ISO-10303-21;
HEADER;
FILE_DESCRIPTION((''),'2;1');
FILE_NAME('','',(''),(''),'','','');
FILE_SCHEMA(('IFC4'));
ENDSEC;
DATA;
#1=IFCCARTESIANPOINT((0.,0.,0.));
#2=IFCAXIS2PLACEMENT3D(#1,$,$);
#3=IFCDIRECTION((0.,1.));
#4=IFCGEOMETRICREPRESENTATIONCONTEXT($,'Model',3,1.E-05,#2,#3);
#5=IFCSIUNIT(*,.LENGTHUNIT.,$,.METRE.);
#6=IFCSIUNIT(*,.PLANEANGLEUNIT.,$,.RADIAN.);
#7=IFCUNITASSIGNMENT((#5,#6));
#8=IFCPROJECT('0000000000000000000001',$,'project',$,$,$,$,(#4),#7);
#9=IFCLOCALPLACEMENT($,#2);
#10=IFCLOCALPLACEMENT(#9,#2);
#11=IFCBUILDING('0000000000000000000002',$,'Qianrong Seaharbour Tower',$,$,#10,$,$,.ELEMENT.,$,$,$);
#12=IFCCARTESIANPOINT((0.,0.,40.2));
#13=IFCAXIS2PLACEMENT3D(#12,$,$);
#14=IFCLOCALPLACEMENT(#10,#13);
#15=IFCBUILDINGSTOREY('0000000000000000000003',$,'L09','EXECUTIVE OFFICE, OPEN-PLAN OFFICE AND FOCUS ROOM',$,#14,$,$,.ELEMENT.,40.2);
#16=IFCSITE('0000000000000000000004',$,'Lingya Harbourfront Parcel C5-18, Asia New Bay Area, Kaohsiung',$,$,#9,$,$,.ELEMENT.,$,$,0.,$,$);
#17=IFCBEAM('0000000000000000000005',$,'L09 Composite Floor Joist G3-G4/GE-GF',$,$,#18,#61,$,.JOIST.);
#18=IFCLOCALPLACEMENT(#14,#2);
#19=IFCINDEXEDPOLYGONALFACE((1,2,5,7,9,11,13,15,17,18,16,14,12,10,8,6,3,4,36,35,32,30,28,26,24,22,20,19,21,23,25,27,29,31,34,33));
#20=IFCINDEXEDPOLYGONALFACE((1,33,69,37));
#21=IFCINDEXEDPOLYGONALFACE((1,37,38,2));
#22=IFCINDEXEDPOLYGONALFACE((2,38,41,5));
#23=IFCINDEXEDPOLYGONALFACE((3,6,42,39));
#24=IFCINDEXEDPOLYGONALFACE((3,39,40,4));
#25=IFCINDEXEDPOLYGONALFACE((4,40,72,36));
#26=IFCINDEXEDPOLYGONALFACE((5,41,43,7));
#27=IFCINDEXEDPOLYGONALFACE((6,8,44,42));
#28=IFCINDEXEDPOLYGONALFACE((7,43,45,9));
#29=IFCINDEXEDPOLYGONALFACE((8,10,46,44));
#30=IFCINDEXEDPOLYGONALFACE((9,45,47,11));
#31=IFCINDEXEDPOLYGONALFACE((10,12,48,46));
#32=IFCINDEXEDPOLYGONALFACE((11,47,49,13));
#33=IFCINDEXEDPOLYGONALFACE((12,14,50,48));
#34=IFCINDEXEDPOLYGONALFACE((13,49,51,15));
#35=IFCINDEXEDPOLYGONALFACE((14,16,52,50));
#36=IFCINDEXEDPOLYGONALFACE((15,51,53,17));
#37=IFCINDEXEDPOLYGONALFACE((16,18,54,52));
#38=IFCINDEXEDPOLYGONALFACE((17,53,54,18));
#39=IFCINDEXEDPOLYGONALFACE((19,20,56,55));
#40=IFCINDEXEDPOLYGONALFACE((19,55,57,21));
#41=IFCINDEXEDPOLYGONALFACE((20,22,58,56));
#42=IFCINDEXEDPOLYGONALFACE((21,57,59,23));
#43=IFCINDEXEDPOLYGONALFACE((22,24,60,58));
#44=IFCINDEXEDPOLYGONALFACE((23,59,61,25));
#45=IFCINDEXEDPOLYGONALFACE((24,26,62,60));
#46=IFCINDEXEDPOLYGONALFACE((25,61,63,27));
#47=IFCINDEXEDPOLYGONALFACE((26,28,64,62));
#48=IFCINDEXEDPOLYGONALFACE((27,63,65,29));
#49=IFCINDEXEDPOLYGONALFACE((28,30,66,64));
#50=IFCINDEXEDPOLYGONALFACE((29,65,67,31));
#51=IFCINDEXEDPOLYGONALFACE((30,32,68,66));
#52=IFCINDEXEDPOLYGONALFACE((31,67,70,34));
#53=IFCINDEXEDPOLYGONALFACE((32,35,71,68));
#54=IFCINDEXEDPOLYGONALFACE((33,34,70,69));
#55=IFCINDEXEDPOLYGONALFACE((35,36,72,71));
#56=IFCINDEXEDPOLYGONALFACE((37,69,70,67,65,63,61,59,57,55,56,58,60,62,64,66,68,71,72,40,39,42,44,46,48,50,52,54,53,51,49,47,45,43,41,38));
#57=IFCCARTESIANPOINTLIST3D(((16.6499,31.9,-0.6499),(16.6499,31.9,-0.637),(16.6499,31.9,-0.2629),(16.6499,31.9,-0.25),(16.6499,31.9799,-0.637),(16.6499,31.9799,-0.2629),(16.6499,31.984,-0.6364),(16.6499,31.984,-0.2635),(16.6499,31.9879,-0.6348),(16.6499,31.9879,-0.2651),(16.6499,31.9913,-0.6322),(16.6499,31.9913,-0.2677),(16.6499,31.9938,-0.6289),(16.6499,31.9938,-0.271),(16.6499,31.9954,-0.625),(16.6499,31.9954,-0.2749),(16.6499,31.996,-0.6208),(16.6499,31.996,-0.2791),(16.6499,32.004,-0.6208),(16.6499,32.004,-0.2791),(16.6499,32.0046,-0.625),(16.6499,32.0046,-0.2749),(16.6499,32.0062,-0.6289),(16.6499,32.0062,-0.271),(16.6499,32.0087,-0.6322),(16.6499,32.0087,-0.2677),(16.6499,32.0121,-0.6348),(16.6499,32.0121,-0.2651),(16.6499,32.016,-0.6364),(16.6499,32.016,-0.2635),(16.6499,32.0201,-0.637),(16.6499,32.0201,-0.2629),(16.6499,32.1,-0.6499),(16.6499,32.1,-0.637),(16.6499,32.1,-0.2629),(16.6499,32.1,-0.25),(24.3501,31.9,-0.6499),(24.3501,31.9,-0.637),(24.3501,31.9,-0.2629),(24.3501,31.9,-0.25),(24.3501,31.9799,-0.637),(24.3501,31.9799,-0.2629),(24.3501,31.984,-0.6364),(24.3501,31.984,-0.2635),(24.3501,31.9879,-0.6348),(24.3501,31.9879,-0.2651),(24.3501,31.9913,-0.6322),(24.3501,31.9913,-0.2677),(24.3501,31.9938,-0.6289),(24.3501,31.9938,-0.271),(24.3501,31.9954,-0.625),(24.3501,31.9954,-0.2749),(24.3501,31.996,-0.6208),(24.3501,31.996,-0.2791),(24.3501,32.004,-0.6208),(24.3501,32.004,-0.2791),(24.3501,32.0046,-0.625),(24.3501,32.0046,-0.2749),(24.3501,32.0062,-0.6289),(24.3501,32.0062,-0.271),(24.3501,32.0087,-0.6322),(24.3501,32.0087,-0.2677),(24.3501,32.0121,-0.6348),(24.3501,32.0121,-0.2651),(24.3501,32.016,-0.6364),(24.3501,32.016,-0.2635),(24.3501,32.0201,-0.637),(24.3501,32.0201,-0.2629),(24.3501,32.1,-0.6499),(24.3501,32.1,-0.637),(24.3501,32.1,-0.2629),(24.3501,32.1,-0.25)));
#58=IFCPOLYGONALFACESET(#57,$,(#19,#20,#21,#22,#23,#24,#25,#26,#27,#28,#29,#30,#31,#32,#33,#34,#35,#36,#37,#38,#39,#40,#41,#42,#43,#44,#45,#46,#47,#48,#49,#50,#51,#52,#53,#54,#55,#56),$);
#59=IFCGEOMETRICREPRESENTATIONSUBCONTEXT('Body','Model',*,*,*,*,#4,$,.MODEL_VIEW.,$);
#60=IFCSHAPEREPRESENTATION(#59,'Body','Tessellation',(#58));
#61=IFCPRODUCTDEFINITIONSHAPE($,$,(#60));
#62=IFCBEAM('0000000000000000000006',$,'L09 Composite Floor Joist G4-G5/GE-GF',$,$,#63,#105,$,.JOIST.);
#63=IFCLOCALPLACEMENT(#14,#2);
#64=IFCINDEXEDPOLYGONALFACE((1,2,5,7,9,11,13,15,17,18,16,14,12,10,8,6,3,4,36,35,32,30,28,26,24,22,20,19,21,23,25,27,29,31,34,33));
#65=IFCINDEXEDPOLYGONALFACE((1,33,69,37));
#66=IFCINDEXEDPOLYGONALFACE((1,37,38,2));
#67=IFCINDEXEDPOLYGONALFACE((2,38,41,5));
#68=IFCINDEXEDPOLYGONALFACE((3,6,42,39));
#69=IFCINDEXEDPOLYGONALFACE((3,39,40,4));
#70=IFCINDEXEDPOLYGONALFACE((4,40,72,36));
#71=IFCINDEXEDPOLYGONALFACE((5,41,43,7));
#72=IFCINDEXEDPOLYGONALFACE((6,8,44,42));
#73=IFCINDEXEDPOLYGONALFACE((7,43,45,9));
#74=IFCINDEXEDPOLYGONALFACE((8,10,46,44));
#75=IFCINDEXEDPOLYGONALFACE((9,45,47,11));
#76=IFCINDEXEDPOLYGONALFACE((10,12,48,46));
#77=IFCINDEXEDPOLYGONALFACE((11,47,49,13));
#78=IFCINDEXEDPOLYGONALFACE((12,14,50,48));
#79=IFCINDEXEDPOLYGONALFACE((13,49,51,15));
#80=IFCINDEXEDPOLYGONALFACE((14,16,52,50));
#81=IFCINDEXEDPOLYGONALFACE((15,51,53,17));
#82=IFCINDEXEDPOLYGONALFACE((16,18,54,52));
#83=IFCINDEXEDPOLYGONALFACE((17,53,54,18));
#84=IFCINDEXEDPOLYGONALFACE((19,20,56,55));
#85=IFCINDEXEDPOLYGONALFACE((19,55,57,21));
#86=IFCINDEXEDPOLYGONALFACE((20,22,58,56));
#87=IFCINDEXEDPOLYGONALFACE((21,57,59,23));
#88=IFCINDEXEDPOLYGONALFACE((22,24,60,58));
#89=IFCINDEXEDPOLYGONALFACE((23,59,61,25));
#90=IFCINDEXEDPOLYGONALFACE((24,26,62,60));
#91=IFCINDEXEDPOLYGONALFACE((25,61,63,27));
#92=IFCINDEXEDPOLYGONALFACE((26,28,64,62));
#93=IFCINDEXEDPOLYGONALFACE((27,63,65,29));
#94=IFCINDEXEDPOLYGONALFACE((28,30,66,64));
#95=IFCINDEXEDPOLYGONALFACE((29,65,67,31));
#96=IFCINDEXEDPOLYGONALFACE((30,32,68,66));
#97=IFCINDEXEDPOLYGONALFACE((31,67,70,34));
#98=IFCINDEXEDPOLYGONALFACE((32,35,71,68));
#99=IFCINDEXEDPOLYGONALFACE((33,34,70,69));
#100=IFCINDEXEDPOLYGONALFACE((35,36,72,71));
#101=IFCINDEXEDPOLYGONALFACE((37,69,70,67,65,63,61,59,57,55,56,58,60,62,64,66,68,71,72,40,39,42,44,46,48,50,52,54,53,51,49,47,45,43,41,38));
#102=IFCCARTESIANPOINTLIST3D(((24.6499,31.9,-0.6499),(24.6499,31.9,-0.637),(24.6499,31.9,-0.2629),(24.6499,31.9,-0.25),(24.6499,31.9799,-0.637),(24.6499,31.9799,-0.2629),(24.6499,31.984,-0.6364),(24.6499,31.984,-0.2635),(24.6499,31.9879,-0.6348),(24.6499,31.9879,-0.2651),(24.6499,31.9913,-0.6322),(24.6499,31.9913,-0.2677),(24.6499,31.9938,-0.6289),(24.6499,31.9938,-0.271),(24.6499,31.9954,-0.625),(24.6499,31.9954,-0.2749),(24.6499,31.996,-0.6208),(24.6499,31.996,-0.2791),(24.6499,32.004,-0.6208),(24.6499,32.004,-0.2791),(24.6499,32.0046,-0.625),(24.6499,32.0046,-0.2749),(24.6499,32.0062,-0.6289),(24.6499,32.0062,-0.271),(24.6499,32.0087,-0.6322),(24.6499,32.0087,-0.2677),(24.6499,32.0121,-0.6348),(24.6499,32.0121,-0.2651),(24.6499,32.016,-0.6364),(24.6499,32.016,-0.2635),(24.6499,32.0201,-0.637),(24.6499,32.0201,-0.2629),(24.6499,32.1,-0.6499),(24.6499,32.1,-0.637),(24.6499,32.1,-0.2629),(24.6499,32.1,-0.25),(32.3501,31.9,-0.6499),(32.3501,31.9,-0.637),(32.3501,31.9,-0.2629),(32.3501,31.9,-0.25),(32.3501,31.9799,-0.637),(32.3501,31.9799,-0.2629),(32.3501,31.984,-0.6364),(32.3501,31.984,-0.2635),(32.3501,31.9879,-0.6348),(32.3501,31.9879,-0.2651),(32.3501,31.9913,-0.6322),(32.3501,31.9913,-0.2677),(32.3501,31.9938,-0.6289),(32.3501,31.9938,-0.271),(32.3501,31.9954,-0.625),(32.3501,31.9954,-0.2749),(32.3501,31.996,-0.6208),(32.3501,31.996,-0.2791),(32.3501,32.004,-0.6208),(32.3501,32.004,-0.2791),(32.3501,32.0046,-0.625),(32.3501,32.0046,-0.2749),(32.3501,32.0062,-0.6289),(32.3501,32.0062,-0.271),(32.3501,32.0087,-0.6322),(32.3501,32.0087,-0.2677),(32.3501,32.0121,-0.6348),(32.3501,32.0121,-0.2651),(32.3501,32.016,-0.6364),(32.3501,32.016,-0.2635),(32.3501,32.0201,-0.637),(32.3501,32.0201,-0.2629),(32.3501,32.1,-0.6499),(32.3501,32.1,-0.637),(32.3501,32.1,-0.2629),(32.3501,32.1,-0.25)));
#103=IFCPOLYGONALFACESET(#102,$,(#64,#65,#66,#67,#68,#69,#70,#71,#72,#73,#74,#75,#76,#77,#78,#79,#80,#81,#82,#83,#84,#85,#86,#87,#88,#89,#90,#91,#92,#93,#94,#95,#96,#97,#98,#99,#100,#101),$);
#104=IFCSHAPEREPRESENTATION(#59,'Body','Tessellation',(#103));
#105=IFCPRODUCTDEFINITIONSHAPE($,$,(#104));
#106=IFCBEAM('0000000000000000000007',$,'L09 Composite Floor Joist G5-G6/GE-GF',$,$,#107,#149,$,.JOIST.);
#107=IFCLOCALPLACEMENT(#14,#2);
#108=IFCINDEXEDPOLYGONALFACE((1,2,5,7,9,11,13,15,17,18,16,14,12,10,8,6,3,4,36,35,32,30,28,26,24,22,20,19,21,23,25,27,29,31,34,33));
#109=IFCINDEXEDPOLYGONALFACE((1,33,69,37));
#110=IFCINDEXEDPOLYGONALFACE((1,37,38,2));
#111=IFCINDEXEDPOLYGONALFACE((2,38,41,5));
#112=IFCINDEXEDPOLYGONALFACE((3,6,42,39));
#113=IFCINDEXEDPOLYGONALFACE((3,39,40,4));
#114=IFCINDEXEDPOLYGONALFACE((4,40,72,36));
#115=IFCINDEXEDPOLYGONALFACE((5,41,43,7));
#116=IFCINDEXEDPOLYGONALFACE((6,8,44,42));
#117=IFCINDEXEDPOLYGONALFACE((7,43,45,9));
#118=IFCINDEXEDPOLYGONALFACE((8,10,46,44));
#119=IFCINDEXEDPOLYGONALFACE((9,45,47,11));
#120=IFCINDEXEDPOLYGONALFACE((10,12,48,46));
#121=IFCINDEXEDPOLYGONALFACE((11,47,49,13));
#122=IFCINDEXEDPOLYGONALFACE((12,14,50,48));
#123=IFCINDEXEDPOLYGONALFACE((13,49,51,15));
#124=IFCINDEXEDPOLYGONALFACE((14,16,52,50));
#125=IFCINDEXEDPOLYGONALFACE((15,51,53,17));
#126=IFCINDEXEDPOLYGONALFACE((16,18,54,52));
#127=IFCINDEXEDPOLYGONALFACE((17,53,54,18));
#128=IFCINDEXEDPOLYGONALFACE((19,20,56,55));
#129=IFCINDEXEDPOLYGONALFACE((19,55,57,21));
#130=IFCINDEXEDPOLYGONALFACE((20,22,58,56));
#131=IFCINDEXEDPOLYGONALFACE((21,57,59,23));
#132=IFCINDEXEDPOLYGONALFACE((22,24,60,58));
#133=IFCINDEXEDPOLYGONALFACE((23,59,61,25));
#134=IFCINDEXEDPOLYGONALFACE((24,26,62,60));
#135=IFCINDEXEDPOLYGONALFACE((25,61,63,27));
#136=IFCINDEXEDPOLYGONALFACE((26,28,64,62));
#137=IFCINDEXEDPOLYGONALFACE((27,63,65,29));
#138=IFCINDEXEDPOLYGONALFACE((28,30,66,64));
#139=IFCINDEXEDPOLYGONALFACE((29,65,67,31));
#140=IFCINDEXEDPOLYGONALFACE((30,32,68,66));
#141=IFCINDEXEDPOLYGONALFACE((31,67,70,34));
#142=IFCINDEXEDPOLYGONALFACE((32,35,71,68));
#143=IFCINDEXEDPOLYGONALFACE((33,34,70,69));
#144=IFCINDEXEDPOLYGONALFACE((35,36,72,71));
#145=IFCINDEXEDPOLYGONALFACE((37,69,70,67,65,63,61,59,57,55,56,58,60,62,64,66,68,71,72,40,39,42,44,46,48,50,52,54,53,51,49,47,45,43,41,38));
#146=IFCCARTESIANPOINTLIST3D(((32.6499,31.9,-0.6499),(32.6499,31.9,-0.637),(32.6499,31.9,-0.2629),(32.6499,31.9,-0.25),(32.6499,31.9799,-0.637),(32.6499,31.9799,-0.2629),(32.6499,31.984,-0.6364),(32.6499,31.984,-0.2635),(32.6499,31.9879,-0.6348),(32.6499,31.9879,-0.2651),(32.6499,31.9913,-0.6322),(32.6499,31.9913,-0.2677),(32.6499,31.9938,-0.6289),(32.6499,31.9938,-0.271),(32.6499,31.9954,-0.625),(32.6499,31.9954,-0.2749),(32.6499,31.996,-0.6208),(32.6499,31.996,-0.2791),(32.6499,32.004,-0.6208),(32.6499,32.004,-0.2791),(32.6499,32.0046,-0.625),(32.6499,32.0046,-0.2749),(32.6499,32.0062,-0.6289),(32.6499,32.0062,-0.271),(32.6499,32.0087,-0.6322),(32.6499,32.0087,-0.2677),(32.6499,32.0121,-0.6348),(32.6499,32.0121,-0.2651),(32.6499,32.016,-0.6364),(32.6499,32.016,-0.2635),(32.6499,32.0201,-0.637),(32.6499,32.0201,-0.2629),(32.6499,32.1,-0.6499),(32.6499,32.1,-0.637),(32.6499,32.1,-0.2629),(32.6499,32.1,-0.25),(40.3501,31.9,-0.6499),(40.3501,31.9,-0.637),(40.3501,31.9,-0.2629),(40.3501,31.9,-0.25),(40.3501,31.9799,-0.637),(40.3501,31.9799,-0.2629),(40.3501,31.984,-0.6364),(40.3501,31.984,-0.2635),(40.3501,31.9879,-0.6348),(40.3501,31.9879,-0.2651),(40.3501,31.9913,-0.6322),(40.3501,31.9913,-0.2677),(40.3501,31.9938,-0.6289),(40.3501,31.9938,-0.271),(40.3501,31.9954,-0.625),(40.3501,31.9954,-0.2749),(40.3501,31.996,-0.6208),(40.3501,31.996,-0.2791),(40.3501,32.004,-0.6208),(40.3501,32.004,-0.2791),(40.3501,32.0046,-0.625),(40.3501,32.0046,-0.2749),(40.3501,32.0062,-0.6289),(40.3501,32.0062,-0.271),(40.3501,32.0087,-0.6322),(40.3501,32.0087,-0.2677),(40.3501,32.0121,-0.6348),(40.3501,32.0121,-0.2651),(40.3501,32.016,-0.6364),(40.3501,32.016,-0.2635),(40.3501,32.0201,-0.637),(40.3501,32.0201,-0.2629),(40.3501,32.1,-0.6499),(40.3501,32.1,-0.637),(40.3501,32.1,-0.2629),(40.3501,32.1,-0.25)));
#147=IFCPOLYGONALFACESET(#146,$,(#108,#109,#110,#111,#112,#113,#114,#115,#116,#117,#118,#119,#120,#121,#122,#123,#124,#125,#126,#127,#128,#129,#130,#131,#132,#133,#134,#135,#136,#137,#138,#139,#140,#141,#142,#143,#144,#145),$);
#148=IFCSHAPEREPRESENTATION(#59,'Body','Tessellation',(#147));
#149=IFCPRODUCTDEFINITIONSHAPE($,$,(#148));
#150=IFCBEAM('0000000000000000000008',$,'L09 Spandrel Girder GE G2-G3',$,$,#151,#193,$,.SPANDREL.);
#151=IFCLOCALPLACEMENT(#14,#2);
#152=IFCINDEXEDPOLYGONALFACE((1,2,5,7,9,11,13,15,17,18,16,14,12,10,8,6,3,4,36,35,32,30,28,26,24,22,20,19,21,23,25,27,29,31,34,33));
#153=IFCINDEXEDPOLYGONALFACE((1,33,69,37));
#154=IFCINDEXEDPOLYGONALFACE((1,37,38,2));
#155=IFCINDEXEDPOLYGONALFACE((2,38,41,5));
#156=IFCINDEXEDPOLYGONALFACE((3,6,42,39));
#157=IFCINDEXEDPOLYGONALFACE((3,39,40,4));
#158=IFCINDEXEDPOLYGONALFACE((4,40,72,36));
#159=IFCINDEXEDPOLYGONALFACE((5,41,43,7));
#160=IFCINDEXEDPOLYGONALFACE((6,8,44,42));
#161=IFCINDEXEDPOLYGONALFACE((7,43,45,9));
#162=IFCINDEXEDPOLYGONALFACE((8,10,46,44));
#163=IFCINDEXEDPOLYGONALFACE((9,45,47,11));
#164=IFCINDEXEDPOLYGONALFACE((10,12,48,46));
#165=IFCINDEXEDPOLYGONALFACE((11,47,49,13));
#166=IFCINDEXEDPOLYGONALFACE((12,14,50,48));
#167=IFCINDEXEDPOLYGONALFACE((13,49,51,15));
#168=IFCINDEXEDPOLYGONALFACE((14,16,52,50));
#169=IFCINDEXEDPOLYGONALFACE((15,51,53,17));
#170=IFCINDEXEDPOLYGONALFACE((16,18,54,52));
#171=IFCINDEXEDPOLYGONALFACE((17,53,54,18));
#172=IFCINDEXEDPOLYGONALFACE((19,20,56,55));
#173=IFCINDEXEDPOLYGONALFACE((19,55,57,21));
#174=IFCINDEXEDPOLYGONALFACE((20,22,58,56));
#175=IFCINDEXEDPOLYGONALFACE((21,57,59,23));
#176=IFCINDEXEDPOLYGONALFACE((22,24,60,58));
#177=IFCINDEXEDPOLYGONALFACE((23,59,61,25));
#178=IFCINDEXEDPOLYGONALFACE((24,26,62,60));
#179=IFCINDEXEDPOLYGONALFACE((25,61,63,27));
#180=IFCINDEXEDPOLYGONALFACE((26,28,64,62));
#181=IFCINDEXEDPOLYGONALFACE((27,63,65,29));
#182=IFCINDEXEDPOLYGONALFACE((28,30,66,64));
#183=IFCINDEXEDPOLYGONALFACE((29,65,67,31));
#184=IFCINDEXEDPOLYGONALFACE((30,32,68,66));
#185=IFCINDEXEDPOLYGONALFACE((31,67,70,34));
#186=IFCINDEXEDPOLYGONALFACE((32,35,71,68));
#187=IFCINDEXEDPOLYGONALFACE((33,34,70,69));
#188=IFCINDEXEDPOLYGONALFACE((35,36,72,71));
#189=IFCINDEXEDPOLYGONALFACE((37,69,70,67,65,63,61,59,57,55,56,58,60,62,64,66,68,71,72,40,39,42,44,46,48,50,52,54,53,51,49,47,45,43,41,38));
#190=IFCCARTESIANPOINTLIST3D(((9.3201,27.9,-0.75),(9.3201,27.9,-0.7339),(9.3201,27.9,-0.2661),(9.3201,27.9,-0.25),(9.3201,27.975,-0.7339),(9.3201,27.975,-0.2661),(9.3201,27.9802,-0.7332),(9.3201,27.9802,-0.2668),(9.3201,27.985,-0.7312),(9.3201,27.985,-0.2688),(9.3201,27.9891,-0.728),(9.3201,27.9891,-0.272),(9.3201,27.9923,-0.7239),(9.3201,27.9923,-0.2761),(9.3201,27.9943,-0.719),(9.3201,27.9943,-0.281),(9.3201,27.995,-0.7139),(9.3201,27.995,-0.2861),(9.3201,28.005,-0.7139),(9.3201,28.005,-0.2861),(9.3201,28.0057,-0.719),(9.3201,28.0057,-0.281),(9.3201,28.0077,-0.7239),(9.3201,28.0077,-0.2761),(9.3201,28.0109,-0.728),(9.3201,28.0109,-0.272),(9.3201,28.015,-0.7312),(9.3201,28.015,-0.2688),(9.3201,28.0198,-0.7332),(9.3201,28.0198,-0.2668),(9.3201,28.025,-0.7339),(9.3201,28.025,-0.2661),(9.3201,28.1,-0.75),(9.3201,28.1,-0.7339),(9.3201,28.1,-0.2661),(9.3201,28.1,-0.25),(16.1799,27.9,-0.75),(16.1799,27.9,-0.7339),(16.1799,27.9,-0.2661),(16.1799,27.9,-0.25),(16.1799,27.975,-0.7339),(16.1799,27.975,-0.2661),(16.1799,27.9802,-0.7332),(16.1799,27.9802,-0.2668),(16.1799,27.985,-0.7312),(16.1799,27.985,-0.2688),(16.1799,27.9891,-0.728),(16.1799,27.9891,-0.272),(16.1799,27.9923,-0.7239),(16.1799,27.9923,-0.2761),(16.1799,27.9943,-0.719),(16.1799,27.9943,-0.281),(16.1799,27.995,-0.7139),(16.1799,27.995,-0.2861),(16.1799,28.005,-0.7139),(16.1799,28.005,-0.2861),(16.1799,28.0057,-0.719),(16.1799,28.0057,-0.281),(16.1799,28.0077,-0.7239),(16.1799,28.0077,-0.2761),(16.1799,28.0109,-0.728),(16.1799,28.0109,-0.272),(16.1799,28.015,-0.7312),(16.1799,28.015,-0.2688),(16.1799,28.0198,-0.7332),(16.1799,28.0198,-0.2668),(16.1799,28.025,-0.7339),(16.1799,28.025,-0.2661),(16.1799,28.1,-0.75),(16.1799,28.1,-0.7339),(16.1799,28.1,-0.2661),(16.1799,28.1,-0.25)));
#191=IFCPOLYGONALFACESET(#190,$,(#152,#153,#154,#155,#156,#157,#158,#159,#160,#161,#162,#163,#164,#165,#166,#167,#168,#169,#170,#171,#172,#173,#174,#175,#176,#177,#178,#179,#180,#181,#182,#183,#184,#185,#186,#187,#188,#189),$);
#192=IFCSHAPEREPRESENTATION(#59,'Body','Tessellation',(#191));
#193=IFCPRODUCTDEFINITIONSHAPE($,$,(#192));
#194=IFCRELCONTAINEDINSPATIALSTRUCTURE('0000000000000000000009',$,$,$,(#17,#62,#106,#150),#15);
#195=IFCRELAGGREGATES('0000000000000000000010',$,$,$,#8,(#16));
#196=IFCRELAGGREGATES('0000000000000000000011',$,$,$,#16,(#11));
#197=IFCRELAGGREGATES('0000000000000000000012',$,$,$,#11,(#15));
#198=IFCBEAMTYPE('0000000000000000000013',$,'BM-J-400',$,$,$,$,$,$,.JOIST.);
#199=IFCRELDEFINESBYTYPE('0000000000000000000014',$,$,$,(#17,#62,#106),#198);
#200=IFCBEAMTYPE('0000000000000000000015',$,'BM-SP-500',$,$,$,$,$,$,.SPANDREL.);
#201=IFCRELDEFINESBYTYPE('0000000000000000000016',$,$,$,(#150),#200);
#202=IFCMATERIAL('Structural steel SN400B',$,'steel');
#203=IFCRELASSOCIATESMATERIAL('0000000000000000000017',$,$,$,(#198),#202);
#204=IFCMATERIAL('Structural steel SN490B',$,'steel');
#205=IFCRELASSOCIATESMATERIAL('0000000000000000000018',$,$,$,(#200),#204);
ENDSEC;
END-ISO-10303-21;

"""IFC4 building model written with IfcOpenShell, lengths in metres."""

from ifc_helpers import new_model, si_unit, direction, frame, origin, origin_2d, place, context, subcontext, project, spatial, i_section, extrude, material, material_profile, profile_set, type_object, element, save


model = new_model("IFC4")

# Units and contexts
model_context = context("Model", 3, precision=1e-05, world=origin(), true_north=direction((0.0, 1.0)))
body_context = subcontext(model_context, "Body", "Model", "MODEL_VIEW")
ifc_project = project(units=[si_unit("LENGTHUNIT", "METRE"), si_unit("PLANEANGLEUNIT", "RADIAN")], contexts=[model_context])

# Site, building, storey
site_placement = place(None, origin())
site = spatial("IfcSite", under=ifc_project, at=site_placement, Name="Lingya Harbourfront Parcel C5-18, Asia New Bay Area, Kaohsiung", CompositionType="ELEMENT", RefElevation=0.0)
building_placement = place(site_placement, origin())
building = spatial("IfcBuilding", under=site, at=building_placement, Name="Qianrong Seaharbour Tower", CompositionType="ELEMENT")
storey_placement = place(building_placement, frame((0.0, 0.0, 40.2)))
storey = spatial("IfcBuildingStorey", under=building, at=storey_placement, Name="L09", Description="EXECUTIVE OFFICE, OPEN-PLAN OFFICE AND FOCUS ROOM", CompositionType="ELEMENT", Elevation=40.2)

# Shared definitions
ifc_material_1 = material(Name="Structural steel SN490B", Category="steel")

# Beams
ifc_material_2 = material(Name="Structural steel SN400B", Category="steel")
ifc_material_profile_1 = material_profile(ifc_material_2, i_section(OverallWidth=0.2, OverallDepth=0.3999, WebThickness=0.0081, FlangeThickness=0.0129, FilletRadius=0.0161, at=origin_2d()), Name="H400x200x8x13")
ifc_profile_set_1 = profile_set([ifc_material_profile_1], Name="Structural steel SN400B")
beam_type_1 = type_object("IfcBeamType", Name="BM-J-400", PredefinedType="JOIST", material=ifc_profile_set_1)
for number, where, z_axis, x_axis, name in (
    (1, (16.6499, 32.0, -0.45), (1.0, 0.0, 0.0), (0.0, 1.0, 0.0), "L09 Composite Floor Joist G3-G4/GE-GF"),
    (2, (24.6499, 32.0, -0.45), (1.0, 0.0, 0.0), (0.0, 1.0, 0.0), "L09 Composite Floor Joist G4-G5/GE-GF"),
    (3, (32.6499, 32.0, -0.45), (1.0, 0.0, 0.0), (0.0, 1.0, 0.0), "L09 Composite Floor Joist G5-G6/GE-GF"),
):
    element("IfcBeam", number, at=place(storey_placement, frame(where, z_axis=z_axis, x_axis=x_axis)), inside=storey, type_object=beam_type_1, Name=name, PredefinedType="JOIST", context=body_context, shape_type="SweptSolid", body=[
        extrude(i_section(OverallWidth=0.2, OverallDepth=0.3999, WebThickness=0.0081, FlangeThickness=0.0129, FilletRadius=0.0161, at=origin_2d()), origin(), (0.0, 0.0, 1.0), 7.7002),
    ])
ifc_material_profile_2 = material_profile(ifc_material_1, i_section(OverallWidth=0.2, OverallDepth=0.5, WebThickness=0.01, FlangeThickness=0.0161, FilletRadius=0.02, at=origin_2d()), Name="H500x200x10x16")
ifc_profile_set_2 = profile_set([ifc_material_profile_2], Name="Structural steel SN490B")
beam_type_2 = type_object("IfcBeamType", Name="BM-SP-500", PredefinedType="SPANDREL", material=ifc_profile_set_2)
beam_1_placement = place(storey_placement, frame((9.3201, 28.0, -0.5), z_axis=(1.0, 0.0, 0.0), x_axis=(0.0, 1.0, 0.0)))
element("IfcBeam", 4, at=beam_1_placement, inside=storey, type_object=beam_type_2, Name="L09 Spandrel Girder GE G2-G3", PredefinedType="SPANDREL", context=body_context, shape_type="SweptSolid", body=[
    extrude(i_section(OverallWidth=0.2, OverallDepth=0.5, WebThickness=0.01, FlangeThickness=0.0161, FilletRadius=0.02, at=origin_2d()), origin(), (0.0, 0.0, 1.0), 6.8599),
])

save(model, "model.ifc")
